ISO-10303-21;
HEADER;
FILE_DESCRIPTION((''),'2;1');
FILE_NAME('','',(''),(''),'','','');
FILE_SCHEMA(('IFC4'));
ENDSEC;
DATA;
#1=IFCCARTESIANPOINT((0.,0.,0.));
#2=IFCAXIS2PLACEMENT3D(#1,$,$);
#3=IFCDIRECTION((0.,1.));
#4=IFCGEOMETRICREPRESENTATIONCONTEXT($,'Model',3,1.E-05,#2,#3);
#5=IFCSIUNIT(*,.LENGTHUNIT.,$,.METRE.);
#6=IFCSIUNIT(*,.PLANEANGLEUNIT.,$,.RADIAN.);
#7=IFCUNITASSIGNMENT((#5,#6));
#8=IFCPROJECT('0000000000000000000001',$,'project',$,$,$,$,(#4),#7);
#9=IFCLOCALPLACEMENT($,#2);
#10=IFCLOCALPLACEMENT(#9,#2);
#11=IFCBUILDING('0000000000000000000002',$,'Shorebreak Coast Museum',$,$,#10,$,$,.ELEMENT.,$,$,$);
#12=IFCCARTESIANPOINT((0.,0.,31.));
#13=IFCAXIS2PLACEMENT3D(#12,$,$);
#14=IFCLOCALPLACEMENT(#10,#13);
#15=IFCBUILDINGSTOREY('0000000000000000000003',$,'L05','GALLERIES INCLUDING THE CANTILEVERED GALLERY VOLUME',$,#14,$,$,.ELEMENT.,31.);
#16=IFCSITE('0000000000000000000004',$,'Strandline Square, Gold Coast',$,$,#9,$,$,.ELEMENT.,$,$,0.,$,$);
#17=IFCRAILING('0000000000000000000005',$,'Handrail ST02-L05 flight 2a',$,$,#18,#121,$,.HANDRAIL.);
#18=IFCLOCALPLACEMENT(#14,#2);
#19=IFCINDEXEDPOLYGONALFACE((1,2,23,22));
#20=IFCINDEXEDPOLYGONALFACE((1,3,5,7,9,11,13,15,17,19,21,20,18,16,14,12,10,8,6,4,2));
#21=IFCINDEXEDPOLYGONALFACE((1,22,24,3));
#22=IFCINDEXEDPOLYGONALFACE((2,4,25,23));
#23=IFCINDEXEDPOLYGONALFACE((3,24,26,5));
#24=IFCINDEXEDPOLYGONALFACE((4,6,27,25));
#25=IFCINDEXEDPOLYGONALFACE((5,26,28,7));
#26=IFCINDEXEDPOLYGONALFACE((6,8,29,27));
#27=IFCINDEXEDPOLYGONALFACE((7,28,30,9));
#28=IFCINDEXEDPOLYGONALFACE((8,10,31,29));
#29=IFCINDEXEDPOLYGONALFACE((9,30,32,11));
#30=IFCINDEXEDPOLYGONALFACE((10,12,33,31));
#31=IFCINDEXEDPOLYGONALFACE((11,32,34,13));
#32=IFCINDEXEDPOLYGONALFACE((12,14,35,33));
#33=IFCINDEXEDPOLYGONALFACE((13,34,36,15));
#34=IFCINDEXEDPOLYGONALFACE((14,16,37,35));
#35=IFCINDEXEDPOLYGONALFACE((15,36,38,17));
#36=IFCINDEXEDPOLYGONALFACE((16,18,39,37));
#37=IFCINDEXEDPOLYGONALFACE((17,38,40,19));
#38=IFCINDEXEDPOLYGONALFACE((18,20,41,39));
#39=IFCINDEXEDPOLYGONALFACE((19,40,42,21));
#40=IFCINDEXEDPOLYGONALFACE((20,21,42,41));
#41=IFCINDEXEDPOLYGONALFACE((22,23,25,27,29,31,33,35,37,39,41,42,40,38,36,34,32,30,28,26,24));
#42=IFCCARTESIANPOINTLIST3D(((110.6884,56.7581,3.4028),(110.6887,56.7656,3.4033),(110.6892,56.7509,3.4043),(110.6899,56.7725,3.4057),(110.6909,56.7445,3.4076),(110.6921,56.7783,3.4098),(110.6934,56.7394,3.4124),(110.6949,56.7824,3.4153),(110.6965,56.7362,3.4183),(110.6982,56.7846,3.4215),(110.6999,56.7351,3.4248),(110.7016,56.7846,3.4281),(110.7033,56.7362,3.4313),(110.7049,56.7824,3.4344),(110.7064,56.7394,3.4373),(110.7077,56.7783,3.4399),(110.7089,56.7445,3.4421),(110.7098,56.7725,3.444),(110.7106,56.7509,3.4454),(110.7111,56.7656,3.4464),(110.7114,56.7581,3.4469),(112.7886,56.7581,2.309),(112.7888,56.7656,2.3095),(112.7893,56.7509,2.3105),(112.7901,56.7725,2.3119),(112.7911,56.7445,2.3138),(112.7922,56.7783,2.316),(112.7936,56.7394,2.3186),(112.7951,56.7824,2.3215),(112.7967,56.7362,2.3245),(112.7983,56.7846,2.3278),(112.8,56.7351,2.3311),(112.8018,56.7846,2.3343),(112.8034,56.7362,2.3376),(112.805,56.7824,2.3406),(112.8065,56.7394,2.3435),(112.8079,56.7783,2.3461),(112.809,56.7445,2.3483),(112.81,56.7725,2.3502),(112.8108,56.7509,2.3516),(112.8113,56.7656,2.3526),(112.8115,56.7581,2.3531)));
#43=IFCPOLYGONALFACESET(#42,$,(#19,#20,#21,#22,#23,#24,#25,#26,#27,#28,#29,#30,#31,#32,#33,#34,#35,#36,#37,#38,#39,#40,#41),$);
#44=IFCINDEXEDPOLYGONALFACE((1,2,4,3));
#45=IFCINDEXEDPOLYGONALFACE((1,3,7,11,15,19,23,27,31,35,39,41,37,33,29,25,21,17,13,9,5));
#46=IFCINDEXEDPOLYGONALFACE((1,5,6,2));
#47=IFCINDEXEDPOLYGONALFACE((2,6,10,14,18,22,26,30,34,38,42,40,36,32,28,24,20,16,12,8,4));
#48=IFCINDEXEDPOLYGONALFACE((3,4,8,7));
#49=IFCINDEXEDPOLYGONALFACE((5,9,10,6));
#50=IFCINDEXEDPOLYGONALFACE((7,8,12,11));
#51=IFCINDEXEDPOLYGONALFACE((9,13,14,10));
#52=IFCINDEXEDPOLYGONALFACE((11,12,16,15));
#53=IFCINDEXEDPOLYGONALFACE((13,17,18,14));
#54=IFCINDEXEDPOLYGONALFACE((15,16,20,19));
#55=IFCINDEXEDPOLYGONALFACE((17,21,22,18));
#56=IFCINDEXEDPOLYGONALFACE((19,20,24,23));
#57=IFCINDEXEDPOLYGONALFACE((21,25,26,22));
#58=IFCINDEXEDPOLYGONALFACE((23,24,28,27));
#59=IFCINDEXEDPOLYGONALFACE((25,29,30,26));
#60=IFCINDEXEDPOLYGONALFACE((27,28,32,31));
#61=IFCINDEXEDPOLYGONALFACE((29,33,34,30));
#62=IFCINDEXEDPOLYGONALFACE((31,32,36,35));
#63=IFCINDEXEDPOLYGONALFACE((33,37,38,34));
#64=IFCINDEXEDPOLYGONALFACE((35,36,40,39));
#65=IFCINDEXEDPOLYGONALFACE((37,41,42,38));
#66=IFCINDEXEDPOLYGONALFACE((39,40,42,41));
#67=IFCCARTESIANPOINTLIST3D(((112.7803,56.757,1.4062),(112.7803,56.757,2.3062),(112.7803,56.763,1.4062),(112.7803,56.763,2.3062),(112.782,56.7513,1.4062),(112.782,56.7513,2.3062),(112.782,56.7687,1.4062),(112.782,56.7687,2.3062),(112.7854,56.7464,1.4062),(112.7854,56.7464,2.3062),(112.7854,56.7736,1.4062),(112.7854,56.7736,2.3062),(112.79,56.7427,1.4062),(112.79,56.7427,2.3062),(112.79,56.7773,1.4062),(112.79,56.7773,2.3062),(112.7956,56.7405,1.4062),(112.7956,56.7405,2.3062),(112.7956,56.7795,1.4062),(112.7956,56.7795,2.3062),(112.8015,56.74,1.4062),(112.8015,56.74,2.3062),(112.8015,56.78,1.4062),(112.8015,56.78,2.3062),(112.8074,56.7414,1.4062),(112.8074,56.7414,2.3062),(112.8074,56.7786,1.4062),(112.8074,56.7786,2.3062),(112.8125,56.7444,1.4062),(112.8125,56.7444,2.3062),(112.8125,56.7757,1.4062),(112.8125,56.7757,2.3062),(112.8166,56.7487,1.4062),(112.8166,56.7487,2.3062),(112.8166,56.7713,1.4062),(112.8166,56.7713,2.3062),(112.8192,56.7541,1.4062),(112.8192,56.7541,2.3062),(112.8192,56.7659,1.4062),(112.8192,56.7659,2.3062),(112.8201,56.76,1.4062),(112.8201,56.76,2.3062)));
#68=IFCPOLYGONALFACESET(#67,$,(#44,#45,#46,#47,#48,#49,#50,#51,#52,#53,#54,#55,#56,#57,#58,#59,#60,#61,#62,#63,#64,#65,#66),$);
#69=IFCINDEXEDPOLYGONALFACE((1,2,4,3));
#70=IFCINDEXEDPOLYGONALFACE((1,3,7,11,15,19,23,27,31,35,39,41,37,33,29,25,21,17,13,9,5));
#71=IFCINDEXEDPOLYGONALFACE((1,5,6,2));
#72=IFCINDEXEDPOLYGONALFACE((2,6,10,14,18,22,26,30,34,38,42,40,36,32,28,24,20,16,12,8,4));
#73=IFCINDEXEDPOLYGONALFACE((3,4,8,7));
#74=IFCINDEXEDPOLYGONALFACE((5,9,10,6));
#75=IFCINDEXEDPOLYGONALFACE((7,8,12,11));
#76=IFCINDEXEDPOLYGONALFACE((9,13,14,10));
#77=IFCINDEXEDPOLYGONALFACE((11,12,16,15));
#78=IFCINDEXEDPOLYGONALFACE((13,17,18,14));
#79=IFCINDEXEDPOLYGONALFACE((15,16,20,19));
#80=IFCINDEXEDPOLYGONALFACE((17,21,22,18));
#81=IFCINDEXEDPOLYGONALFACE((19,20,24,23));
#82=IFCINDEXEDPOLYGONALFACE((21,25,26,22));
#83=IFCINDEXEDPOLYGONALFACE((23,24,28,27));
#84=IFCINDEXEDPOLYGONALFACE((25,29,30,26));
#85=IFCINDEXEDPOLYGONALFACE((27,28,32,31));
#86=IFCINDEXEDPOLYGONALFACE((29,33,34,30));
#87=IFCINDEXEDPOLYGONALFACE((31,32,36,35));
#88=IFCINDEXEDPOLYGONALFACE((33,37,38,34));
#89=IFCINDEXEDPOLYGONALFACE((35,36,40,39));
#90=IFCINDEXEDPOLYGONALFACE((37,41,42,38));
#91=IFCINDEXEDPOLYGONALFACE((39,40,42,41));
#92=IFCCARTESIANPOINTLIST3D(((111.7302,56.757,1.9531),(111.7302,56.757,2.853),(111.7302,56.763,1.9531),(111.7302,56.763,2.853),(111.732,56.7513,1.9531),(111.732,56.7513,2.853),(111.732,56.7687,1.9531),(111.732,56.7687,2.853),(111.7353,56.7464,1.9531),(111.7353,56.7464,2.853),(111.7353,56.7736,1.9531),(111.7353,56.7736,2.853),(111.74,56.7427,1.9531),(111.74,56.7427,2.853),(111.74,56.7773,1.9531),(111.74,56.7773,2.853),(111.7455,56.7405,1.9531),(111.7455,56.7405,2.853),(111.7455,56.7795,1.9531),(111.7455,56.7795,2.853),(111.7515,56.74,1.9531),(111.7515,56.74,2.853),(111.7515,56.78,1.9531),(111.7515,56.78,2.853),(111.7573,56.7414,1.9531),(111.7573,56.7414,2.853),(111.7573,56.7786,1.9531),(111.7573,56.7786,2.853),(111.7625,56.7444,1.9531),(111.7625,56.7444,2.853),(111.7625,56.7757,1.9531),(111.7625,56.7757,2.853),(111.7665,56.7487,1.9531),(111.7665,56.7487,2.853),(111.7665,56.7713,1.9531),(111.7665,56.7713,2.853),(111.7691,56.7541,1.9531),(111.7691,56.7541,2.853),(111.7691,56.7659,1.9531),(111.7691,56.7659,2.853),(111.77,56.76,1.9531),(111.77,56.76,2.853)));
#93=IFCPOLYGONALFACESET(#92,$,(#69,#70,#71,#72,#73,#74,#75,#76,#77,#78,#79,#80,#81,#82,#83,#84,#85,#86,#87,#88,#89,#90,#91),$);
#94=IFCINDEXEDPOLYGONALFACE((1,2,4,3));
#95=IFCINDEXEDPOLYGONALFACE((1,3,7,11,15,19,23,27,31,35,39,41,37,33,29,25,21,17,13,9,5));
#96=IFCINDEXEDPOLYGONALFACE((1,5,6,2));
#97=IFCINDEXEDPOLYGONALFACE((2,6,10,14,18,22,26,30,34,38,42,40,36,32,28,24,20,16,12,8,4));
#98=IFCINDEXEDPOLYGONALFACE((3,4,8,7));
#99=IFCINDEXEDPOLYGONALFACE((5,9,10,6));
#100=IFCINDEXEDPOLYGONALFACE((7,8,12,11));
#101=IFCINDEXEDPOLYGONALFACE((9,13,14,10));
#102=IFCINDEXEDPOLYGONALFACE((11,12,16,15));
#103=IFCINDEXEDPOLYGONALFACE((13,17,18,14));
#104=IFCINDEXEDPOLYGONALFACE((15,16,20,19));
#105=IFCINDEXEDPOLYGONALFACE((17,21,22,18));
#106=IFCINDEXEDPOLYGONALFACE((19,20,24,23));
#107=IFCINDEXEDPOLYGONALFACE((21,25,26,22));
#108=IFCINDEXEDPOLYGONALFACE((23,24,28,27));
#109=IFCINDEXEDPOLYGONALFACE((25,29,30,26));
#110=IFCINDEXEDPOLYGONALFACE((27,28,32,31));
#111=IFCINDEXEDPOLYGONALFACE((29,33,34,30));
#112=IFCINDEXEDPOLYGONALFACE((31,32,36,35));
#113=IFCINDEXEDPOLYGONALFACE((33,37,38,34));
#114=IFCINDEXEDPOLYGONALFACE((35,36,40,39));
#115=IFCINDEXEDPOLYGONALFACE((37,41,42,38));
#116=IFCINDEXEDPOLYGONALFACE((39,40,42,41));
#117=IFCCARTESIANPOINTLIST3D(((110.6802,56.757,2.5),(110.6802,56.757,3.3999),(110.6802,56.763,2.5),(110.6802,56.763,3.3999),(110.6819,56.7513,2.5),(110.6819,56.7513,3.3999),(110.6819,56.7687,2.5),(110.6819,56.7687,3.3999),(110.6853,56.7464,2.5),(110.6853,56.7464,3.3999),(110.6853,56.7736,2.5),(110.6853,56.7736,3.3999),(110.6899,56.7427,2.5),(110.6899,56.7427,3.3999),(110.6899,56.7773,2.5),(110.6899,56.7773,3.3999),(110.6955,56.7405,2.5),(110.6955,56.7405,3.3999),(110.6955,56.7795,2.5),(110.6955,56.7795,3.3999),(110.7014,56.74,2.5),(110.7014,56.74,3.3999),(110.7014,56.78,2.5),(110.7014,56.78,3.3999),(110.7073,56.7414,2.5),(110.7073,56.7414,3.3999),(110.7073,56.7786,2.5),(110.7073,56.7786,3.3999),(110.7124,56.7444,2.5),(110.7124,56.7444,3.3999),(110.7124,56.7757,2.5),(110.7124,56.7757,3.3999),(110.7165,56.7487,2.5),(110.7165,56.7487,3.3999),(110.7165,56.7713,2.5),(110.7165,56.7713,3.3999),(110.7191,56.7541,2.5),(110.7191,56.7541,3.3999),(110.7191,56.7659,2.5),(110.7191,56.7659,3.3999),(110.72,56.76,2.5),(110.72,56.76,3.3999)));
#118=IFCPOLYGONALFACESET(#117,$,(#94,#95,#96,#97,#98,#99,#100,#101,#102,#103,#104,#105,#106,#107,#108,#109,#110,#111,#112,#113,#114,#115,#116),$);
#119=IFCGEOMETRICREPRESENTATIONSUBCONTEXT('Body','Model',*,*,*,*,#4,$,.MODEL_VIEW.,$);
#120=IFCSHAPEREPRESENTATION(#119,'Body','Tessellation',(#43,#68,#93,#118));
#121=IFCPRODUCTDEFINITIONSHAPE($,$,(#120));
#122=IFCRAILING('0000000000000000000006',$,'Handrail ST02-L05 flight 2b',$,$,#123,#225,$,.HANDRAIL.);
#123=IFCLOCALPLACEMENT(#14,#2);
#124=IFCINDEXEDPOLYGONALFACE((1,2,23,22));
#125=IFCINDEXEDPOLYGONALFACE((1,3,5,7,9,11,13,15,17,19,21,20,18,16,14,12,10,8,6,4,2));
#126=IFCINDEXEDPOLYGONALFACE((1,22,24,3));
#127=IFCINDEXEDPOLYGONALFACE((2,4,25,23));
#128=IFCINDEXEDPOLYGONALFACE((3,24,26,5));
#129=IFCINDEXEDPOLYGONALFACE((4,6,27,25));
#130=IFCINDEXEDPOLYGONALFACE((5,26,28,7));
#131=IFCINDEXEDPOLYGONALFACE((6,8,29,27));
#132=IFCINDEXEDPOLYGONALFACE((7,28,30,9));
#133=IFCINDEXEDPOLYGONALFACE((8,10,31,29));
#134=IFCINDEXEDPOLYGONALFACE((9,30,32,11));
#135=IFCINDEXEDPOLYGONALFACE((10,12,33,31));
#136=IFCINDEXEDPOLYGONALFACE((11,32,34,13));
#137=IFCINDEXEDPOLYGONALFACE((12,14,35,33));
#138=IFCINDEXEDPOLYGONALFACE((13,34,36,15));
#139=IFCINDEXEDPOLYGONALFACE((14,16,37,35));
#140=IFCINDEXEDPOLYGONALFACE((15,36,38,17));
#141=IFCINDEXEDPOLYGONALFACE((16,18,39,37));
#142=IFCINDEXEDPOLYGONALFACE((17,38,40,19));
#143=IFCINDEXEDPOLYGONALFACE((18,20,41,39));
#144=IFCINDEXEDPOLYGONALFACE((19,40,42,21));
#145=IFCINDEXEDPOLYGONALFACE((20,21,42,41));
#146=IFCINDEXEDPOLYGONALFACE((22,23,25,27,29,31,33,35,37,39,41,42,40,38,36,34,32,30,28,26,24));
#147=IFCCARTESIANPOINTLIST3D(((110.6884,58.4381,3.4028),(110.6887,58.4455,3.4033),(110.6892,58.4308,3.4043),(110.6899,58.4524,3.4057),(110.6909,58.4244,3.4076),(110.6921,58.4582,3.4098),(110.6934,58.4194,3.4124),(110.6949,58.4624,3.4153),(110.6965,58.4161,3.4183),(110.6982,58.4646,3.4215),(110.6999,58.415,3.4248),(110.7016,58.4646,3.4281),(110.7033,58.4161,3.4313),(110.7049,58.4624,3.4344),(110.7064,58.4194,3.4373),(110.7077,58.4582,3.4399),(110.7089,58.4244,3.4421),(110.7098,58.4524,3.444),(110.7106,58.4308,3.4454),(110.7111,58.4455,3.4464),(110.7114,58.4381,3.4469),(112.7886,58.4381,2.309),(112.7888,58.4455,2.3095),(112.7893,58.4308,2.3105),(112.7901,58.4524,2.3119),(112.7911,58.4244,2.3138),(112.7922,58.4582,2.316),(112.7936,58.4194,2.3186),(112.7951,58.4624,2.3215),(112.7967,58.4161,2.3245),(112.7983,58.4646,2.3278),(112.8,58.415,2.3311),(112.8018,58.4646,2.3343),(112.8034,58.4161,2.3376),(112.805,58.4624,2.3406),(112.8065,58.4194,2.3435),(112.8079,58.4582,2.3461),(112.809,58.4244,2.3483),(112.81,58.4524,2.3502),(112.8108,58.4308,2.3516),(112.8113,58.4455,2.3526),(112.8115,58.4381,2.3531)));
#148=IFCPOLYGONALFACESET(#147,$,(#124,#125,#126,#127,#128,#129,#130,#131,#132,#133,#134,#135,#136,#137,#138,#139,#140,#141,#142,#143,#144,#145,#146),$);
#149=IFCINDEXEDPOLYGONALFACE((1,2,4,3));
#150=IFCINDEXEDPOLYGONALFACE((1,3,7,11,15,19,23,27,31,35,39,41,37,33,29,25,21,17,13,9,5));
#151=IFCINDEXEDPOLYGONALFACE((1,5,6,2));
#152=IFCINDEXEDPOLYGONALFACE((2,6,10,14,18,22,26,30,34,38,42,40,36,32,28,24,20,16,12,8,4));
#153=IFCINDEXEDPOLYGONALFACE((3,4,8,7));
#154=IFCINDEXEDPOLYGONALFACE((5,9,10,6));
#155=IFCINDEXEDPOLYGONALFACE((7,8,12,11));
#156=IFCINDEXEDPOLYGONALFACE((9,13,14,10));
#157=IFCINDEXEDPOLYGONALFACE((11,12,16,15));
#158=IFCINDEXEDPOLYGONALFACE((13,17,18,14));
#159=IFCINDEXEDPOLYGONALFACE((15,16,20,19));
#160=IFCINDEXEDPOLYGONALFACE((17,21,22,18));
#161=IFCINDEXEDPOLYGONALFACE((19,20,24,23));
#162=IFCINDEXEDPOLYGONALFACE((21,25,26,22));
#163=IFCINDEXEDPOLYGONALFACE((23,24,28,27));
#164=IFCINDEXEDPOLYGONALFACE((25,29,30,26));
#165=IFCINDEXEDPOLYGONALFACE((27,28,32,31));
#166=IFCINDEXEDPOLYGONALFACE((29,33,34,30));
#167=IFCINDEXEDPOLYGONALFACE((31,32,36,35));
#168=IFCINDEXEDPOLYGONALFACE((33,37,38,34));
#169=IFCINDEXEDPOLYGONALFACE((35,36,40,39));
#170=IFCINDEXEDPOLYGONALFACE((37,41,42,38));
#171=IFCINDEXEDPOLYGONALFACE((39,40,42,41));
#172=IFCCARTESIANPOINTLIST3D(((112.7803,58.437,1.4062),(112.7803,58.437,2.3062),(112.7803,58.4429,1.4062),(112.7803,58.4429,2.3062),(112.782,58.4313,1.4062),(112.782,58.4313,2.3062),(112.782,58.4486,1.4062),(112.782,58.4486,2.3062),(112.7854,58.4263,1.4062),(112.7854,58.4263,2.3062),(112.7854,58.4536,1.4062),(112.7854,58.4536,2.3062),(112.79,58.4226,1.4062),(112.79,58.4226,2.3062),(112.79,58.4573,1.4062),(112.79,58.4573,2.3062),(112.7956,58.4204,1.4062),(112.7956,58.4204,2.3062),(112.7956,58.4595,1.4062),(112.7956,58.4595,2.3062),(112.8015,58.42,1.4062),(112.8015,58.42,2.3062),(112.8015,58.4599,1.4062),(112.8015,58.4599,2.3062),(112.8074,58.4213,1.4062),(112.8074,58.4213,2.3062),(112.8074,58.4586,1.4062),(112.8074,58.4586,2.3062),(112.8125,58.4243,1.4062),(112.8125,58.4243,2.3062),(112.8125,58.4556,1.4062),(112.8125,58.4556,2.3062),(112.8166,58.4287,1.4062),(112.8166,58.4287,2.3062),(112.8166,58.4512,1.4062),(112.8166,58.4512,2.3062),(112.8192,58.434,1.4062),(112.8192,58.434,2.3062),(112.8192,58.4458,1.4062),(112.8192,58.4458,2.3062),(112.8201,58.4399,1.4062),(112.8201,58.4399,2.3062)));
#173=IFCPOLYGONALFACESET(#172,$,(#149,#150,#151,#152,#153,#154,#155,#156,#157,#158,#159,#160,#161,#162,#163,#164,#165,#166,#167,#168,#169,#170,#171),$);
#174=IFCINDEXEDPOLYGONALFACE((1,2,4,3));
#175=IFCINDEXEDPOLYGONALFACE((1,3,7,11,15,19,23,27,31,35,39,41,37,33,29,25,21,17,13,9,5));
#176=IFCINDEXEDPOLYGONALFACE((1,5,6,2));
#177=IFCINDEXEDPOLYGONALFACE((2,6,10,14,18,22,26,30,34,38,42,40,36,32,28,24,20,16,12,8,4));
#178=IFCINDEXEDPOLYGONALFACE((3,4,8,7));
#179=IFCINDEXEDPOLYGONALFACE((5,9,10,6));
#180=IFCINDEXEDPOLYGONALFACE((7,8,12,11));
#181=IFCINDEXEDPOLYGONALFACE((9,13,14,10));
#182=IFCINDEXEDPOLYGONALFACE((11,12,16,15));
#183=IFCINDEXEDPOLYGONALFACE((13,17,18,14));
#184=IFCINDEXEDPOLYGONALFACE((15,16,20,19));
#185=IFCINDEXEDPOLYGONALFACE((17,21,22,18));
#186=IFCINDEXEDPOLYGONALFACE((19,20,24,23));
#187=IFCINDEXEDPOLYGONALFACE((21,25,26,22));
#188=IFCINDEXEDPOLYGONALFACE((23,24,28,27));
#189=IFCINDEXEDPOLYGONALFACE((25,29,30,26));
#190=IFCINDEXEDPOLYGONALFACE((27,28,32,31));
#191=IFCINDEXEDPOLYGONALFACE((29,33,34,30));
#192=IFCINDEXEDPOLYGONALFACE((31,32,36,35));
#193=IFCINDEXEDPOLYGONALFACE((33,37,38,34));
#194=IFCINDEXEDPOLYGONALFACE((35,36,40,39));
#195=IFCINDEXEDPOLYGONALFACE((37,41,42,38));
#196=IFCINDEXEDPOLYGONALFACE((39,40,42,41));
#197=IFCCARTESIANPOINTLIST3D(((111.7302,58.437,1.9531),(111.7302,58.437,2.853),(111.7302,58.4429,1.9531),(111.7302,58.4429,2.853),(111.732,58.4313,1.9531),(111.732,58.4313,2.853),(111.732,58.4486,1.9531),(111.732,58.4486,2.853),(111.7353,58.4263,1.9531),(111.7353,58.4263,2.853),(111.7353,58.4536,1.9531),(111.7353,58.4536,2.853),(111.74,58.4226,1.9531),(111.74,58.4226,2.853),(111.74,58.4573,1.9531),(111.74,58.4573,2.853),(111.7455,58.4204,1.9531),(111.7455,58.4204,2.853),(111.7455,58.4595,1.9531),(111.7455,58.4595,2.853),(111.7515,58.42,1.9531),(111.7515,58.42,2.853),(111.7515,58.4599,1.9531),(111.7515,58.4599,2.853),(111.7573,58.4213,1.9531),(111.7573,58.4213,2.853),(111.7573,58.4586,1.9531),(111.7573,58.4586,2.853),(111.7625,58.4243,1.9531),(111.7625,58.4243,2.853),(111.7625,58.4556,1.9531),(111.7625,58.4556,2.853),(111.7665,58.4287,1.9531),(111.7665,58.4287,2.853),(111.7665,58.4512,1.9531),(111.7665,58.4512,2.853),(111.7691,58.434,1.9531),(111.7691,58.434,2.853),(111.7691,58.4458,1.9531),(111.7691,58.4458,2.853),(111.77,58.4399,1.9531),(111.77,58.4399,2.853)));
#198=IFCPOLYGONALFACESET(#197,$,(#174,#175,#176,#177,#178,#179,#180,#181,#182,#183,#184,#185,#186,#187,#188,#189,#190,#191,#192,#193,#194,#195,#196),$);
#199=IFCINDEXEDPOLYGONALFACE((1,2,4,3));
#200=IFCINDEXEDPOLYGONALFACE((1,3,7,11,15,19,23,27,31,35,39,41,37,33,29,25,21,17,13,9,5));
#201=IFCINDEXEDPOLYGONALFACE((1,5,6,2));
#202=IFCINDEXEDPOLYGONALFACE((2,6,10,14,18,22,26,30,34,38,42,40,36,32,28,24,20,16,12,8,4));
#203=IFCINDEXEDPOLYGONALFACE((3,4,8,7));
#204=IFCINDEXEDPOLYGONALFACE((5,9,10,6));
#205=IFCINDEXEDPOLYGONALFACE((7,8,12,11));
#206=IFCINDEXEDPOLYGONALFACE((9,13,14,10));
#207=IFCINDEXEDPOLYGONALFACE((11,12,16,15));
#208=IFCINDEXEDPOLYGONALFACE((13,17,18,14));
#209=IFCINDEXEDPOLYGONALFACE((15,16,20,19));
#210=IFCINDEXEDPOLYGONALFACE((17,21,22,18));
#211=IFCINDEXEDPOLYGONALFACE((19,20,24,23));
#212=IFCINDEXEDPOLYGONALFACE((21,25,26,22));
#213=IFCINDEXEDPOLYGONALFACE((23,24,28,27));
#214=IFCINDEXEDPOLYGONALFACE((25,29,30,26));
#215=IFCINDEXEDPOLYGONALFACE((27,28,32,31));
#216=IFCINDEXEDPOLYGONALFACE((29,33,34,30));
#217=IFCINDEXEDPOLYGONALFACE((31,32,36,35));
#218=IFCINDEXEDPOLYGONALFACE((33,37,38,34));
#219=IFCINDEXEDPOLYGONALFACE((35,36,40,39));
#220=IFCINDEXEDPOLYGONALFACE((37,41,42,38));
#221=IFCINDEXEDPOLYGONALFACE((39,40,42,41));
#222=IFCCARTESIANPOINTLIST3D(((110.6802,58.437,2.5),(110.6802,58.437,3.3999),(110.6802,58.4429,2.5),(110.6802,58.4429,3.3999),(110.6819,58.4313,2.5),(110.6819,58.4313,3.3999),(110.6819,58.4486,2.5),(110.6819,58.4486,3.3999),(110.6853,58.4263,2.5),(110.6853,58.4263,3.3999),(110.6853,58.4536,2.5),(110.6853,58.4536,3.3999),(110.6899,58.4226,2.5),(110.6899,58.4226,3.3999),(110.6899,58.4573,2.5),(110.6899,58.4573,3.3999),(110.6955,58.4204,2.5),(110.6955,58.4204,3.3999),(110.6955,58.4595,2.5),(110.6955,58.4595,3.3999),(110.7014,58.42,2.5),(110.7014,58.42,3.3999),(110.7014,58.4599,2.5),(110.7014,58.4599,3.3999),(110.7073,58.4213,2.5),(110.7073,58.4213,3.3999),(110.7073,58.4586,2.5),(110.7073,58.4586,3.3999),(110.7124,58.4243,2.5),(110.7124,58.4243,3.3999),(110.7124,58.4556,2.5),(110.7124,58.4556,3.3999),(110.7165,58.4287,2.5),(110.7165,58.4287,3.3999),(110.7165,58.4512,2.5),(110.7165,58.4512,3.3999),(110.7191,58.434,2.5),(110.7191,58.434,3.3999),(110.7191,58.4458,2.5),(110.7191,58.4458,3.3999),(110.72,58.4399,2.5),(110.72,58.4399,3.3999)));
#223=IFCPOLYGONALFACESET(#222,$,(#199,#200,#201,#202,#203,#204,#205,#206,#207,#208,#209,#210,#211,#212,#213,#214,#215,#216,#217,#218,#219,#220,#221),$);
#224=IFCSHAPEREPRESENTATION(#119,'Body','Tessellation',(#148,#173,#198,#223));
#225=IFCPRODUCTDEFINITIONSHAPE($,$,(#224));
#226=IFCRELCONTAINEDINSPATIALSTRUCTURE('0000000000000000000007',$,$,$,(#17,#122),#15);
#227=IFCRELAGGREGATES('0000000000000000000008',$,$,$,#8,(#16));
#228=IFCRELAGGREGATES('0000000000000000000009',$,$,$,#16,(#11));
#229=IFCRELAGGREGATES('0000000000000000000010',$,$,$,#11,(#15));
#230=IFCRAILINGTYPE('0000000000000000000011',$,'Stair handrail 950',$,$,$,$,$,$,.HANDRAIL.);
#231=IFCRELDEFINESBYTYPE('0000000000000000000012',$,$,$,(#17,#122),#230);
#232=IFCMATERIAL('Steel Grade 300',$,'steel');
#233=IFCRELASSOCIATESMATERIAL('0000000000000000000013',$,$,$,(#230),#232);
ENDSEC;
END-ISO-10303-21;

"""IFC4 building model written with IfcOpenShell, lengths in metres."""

from ifc_helpers import new_model, si_unit, direction, frame, origin, origin_2d, place, context, subcontext, project, spatial, circle, extrude, material, type_object, element, save


model = new_model("IFC4")

# Units and contexts
model_context = context("Model", 3, precision=1e-05, world=origin(), true_north=direction((0.0, 1.0)))
body_context = subcontext(model_context, "Body", "Model", "MODEL_VIEW")
ifc_project = project(units=[si_unit("LENGTHUNIT", "METRE"), si_unit("PLANEANGLEUNIT", "RADIAN")], contexts=[model_context])

# Site, building, storey
site_placement = place(None, origin())
site = spatial("IfcSite", under=ifc_project, at=site_placement, Name="Strandline Square, Gold Coast", CompositionType="ELEMENT", RefElevation=0.0)
building_placement = place(site_placement, origin())
building = spatial("IfcBuilding", under=site, at=building_placement, Name="Shorebreak Coast Museum", CompositionType="ELEMENT")
storey_placement = place(building_placement, frame((0.0, 0.0, 31.0)))
storey = spatial("IfcBuildingStorey", under=building, at=storey_placement, Name="L05", Description="GALLERIES INCLUDING THE CANTILEVERED GALLERY VOLUME", CompositionType="ELEMENT", Elevation=31.0)

# Railings
ifc_material_1 = material(Name="Steel Grade 300", Category="steel")
railing_type_1 = type_object("IfcRailingType", Name="Stair handrail 950", PredefinedType="HANDRAIL", material=ifc_material_1)
for number, where, name in (
    (1, (112.8, 56.76, 1.4062), "Handrail ST02-L05 flight 2a"),
    (2, (112.8, 58.4399, 1.4062), "Handrail ST02-L05 flight 2b"),
):
    element("IfcRailing", number, at=place(storey_placement, frame(where)), inside=storey, type_object=railing_type_1, Name=name, PredefinedType="HANDRAIL", context=body_context, shape_type="SweptSolid", body=[
        extrude(circle(Radius=0.0249, at=origin_2d()), frame((0.0, 0.0, 0.9248), z_axis=(-0.886923, 0.0, 0.461918), x_axis=(0.0, -1.0, 0.0)), (0.0, 0.0, 1.0), 2.3679),
        extrude(circle(Radius=0.02, at=origin_2d()), origin(), (0.0, 0.0, 1.0), 0.8999),
        extrude(circle(Radius=0.02, at=origin_2d()), frame((-1.05, 0.0, 0.5469)), (0.0, 0.0, 1.0), 0.8999),
        extrude(circle(Radius=0.02, at=origin_2d()), frame((-2.1001, 0.0, 1.0938)), (0.0, 0.0, 1.0), 0.8999),
    ])

save(model, "model.ifc")
